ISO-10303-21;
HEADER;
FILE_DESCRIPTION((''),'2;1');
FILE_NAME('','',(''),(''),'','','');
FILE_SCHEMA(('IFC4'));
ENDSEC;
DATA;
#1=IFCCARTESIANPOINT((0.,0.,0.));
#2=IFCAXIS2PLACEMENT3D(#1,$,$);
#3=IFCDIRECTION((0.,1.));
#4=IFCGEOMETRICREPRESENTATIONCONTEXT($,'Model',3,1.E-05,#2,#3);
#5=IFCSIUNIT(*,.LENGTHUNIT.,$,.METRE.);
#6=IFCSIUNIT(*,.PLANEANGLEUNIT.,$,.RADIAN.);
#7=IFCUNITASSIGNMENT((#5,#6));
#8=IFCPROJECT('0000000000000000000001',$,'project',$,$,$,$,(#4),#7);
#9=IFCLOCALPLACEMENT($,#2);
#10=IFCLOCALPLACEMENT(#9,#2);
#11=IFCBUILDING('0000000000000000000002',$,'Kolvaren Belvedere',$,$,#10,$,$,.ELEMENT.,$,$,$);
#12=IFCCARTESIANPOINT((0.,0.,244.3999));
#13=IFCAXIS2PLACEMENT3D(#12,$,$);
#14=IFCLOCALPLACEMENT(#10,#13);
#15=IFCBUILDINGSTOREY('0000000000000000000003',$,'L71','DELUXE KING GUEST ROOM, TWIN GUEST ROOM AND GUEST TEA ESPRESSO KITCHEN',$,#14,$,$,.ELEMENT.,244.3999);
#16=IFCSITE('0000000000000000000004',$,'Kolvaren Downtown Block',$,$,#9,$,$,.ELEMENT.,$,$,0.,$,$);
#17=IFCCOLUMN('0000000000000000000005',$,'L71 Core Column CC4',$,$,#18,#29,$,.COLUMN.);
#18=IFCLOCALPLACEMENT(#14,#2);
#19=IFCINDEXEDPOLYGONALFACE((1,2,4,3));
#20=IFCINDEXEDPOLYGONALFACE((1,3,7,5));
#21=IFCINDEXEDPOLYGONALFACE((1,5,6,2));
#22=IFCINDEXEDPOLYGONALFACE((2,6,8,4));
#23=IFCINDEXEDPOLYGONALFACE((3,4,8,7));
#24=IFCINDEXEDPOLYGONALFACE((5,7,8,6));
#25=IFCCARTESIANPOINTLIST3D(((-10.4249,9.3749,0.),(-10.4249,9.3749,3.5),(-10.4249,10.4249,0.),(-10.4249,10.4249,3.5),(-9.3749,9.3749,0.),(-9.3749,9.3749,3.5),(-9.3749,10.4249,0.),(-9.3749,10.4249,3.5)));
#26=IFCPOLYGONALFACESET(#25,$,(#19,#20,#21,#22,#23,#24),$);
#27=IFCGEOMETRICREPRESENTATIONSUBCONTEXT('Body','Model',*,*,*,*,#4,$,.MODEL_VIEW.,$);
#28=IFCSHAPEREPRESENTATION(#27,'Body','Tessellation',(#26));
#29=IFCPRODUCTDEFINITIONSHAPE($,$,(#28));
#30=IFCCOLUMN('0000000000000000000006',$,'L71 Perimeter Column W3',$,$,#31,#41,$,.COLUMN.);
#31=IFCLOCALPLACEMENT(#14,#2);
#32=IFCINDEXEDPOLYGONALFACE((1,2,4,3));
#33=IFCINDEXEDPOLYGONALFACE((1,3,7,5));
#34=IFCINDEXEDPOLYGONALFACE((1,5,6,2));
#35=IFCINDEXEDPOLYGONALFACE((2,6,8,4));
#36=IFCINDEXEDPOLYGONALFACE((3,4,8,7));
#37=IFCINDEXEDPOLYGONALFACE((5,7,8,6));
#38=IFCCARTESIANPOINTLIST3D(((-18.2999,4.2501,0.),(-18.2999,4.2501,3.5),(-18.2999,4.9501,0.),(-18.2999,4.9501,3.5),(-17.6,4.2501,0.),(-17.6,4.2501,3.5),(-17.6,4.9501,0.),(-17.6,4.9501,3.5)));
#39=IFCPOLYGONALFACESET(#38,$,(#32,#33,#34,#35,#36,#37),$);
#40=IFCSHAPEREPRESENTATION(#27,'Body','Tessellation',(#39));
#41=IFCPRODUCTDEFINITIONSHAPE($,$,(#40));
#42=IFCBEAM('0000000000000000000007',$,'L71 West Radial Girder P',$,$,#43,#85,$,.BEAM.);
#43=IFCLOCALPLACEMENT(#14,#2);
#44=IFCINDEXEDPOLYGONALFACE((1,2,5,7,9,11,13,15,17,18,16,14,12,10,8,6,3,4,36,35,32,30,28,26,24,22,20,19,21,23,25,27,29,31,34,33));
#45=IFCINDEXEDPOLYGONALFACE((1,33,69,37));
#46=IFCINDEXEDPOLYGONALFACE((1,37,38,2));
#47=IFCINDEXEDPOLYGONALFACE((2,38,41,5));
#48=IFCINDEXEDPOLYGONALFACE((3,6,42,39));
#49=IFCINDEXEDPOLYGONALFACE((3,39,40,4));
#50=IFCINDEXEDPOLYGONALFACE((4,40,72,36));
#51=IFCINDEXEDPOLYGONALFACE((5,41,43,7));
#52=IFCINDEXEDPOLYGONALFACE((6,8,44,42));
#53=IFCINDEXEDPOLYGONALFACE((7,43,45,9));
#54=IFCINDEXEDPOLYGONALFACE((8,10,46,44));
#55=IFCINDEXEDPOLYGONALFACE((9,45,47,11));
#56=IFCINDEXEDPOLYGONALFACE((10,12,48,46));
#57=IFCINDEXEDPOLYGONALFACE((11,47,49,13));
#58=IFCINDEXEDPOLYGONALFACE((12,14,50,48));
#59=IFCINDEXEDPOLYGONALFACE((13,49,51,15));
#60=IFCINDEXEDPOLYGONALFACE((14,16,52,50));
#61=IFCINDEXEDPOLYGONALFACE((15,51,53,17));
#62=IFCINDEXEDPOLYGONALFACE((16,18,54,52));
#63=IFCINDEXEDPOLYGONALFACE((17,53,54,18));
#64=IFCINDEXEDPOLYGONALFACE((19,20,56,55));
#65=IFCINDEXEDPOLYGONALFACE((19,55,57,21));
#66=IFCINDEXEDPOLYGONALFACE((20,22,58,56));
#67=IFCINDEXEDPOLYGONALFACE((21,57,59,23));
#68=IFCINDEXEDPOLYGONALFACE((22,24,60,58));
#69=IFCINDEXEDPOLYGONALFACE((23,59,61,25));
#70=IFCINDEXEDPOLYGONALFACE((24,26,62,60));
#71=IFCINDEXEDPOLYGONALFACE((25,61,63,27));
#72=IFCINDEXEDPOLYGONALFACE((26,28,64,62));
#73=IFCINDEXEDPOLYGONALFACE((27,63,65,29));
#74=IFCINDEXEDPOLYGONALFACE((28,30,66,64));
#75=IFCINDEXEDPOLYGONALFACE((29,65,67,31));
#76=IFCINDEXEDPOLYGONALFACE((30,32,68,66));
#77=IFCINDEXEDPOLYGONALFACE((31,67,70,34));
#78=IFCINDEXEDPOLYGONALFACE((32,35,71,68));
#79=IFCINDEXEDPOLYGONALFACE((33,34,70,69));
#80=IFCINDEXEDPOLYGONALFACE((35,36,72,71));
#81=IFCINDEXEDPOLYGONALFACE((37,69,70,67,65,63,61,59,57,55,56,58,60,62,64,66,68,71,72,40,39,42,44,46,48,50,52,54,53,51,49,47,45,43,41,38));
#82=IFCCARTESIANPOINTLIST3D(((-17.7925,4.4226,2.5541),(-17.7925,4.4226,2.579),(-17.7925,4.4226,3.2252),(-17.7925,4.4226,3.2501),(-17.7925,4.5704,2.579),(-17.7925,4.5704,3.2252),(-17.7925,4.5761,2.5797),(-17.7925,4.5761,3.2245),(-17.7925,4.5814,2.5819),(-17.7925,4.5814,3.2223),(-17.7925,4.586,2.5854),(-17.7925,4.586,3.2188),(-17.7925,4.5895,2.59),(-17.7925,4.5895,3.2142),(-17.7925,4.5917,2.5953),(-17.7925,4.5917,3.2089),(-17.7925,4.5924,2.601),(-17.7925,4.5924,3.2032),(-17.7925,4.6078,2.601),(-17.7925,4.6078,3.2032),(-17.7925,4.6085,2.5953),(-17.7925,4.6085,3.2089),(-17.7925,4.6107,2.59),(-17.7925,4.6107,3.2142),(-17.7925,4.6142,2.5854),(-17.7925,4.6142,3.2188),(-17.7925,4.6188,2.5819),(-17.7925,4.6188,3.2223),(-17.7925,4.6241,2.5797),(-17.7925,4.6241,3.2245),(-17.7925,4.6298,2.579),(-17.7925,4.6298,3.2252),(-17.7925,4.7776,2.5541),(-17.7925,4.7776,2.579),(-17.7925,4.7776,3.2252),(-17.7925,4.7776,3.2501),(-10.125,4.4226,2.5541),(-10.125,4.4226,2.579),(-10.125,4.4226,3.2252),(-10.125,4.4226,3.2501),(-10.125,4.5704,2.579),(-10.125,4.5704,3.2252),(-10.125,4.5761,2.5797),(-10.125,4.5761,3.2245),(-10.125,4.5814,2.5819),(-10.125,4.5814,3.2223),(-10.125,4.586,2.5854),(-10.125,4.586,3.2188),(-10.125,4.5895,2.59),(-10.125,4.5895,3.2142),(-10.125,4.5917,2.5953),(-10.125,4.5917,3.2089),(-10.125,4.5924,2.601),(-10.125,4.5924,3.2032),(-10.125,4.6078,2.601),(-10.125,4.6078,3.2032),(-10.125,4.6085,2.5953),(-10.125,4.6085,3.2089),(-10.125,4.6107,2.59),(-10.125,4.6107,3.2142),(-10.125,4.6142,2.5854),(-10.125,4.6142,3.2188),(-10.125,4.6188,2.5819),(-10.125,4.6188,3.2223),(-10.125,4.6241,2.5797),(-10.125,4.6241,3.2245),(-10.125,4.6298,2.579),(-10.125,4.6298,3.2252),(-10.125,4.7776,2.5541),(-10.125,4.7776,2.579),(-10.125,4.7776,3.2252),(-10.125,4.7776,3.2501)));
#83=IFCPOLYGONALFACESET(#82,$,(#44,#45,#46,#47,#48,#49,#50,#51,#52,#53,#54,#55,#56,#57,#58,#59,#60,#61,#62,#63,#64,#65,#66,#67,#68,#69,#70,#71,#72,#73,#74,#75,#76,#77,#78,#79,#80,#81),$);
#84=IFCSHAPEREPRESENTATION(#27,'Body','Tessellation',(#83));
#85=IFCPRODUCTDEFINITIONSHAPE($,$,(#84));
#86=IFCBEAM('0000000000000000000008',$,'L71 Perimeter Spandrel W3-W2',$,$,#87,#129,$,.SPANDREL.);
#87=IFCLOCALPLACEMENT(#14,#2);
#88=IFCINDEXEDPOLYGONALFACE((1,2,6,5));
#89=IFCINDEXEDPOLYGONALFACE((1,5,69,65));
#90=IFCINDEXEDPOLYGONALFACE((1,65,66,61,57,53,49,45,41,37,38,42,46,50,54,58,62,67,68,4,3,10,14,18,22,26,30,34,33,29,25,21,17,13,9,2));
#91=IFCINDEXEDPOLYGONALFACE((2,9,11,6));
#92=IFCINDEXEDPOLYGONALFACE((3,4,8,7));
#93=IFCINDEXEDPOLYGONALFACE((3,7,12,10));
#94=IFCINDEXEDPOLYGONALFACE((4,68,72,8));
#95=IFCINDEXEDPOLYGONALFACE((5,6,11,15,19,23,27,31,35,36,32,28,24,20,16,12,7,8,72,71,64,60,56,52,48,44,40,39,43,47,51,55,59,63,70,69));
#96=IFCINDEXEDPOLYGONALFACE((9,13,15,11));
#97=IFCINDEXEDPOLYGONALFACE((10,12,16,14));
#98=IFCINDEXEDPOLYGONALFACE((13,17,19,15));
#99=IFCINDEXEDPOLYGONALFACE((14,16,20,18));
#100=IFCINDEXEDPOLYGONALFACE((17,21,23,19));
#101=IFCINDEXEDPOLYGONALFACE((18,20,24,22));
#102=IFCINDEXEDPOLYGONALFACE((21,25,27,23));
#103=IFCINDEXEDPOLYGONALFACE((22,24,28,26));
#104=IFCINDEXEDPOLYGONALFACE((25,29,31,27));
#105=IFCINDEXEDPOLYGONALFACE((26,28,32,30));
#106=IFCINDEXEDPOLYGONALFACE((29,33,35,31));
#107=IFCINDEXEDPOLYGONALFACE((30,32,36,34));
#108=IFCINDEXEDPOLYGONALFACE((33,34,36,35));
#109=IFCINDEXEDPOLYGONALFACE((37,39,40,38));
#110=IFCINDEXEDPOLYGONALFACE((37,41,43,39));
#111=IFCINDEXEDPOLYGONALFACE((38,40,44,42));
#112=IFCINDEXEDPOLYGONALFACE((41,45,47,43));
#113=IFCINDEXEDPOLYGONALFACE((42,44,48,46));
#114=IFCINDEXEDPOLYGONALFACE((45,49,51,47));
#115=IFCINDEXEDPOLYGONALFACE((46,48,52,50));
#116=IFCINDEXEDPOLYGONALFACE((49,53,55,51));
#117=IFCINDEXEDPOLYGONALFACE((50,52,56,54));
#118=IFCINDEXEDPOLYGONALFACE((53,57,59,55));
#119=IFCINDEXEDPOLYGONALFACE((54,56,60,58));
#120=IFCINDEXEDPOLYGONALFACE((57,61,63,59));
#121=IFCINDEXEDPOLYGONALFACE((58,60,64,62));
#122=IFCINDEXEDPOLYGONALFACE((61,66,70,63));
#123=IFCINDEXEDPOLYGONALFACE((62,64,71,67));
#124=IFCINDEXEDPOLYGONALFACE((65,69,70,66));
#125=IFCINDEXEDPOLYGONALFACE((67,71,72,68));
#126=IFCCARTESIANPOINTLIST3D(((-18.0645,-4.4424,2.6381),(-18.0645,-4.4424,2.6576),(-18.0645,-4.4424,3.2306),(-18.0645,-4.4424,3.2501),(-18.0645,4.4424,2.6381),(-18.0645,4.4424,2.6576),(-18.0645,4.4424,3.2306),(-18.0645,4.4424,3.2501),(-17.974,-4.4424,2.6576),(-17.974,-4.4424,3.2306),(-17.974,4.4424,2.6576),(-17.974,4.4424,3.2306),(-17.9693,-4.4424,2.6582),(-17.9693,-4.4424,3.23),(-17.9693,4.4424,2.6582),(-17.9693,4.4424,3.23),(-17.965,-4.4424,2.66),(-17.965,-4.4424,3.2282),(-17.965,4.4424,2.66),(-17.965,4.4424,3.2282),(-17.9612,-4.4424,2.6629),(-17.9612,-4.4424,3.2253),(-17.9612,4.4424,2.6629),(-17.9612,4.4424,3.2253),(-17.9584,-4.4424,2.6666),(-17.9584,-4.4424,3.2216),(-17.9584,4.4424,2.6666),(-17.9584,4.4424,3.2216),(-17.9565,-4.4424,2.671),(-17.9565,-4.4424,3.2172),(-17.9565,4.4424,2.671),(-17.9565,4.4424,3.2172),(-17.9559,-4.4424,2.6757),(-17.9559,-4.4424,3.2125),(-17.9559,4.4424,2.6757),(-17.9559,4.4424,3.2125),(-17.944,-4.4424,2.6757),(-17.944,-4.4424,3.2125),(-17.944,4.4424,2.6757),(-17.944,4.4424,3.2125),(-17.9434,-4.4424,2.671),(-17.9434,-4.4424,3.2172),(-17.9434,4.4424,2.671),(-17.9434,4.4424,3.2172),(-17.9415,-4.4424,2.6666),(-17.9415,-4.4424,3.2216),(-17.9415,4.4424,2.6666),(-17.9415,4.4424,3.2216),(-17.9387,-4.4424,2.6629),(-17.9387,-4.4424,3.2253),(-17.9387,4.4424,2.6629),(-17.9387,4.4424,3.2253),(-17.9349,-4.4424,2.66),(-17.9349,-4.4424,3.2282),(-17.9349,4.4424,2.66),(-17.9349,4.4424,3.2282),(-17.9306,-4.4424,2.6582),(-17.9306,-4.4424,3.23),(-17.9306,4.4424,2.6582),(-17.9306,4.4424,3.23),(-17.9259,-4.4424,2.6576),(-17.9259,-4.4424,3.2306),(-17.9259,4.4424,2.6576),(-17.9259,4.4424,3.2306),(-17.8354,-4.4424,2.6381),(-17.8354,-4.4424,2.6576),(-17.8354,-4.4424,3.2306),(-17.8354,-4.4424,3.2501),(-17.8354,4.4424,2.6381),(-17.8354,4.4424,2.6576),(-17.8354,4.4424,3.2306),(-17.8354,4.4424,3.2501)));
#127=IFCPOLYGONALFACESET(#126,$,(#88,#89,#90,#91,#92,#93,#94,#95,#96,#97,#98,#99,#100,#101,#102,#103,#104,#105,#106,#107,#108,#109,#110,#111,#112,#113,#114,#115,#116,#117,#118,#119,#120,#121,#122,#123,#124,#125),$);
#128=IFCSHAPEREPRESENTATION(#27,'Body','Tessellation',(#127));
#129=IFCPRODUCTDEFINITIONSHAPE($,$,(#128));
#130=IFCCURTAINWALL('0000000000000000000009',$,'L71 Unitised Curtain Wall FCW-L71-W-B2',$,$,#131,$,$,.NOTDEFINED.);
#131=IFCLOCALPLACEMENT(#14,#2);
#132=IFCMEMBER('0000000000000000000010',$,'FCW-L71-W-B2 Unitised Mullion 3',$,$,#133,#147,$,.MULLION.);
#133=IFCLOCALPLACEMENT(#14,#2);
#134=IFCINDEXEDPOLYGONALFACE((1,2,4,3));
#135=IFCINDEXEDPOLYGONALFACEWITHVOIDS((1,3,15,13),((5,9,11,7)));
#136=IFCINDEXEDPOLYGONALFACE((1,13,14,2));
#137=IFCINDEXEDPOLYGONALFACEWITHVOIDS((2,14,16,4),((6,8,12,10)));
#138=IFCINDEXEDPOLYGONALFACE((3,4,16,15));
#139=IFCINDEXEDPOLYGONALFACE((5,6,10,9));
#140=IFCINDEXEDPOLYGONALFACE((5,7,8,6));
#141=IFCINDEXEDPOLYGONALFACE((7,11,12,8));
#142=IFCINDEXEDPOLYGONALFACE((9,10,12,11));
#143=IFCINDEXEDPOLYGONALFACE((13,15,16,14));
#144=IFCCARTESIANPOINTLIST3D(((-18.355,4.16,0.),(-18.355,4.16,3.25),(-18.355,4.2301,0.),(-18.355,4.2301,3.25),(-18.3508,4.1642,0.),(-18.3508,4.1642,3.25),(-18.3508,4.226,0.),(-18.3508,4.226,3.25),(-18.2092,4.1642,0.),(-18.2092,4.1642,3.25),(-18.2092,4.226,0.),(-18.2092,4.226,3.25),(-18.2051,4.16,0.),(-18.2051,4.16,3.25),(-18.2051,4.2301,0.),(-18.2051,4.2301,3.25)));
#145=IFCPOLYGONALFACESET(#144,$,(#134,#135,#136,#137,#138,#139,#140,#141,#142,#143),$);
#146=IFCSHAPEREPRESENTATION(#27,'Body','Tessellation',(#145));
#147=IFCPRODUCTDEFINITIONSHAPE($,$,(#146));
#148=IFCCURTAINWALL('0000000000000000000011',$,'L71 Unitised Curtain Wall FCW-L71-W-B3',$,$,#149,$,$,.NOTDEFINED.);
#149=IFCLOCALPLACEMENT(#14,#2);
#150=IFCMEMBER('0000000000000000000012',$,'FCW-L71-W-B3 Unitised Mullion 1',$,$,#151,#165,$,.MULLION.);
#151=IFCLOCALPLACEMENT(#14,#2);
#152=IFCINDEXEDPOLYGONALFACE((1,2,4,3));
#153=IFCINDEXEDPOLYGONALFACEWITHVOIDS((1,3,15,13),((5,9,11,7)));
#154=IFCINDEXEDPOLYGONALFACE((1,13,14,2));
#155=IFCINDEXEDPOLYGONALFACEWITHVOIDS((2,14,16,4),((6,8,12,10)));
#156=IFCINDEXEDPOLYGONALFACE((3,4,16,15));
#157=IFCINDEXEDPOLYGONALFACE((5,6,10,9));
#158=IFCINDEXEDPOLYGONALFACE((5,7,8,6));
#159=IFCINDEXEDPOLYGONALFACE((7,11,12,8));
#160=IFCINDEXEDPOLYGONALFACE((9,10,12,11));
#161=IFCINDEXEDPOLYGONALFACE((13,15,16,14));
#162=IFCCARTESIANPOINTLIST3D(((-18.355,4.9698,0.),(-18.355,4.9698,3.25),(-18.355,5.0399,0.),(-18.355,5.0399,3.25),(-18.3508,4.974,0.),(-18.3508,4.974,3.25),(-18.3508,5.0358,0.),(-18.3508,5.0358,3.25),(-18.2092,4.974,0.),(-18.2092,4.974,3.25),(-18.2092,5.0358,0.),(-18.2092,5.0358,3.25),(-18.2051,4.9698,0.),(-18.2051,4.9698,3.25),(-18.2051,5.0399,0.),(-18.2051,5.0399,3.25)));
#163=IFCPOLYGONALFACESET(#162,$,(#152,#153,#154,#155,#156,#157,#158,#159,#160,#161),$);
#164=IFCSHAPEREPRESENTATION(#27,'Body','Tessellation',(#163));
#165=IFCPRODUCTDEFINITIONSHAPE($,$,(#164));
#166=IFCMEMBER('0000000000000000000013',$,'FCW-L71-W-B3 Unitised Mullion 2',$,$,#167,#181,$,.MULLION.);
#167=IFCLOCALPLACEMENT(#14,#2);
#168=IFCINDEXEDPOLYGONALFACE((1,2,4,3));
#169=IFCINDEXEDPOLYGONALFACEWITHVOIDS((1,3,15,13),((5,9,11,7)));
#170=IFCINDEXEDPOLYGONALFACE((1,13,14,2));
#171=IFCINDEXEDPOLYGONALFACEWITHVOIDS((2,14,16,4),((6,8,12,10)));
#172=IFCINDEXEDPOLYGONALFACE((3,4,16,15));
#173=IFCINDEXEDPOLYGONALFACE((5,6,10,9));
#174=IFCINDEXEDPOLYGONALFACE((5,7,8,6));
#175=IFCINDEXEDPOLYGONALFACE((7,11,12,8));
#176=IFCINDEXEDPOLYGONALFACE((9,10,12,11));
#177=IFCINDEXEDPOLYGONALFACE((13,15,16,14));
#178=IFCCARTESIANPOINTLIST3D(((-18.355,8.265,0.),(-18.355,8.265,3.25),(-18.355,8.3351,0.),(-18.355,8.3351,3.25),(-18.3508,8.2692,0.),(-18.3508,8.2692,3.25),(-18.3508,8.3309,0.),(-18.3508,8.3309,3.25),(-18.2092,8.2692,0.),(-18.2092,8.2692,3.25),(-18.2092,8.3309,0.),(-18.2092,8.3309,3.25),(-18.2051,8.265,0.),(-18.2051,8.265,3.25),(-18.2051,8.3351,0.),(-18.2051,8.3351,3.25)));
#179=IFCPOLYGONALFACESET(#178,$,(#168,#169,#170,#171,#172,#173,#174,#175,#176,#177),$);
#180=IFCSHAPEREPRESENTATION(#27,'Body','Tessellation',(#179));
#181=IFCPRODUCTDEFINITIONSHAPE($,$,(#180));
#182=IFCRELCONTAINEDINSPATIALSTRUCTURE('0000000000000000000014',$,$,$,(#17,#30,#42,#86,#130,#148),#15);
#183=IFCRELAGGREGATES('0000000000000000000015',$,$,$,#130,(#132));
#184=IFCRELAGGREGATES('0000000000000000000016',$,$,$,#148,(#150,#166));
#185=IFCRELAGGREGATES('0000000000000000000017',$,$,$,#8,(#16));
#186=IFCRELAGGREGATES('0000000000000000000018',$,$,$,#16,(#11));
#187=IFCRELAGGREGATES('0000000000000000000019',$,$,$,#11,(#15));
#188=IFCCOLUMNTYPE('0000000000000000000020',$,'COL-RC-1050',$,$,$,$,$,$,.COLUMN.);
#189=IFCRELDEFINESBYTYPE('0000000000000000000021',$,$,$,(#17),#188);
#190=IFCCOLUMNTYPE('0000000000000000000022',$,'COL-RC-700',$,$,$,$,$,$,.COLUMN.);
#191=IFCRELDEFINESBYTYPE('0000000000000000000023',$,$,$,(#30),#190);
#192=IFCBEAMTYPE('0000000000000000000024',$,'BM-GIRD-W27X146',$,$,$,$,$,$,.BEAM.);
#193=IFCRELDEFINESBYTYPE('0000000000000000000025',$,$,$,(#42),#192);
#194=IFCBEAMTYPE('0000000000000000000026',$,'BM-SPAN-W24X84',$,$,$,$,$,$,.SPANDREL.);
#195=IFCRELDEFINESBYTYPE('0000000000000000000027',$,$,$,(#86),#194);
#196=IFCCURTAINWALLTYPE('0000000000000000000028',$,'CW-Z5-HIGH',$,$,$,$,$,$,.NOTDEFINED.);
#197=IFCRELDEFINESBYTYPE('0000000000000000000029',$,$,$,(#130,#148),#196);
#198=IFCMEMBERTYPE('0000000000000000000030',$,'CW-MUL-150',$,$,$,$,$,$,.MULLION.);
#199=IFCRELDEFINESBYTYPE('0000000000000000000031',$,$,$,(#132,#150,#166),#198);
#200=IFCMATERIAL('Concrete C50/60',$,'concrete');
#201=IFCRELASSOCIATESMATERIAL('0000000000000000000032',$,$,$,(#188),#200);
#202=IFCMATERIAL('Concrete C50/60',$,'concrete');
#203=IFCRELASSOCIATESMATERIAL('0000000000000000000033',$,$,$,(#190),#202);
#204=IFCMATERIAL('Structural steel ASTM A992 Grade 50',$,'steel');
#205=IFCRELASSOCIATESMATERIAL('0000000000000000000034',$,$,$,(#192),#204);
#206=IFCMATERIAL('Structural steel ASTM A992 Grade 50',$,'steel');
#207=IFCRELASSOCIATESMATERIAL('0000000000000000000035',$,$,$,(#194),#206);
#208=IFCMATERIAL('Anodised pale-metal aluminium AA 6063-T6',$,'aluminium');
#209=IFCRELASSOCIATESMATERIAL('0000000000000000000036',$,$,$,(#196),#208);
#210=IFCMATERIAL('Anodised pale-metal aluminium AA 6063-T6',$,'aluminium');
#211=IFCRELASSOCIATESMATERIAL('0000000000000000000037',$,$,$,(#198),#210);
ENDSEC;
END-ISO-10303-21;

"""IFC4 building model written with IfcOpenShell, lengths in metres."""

from ifc_helpers import new_model, si_unit, direction, frame, origin, origin_2d, place, context, subcontext, project, spatial, rectangle, hollow_rectangle, i_section, extrude, material, material_profile, profile_set, type_object, element, aggregate, save


model = new_model("IFC4")

# Units and contexts
model_context = context("Model", 3, precision=1e-05, world=origin(), true_north=direction((0.0, 1.0)))
body_context = subcontext(model_context, "Body", "Model", "MODEL_VIEW")
ifc_project = project(units=[si_unit("LENGTHUNIT", "METRE"), si_unit("PLANEANGLEUNIT", "RADIAN")], contexts=[model_context])

# Site, building, storey
site_placement = place(None, origin())
site = spatial("IfcSite", under=ifc_project, at=site_placement, Name="Kolvaren Downtown Block", CompositionType="ELEMENT", RefElevation=0.0)
building_placement = place(site_placement, origin())
building = spatial("IfcBuilding", under=site, at=building_placement, Name="Kolvaren Belvedere", CompositionType="ELEMENT")
storey_placement = place(building_placement, frame((0.0, 0.0, 244.3999)))
storey = spatial("IfcBuildingStorey", under=building, at=storey_placement, Name="L71", Description="DELUXE KING GUEST ROOM, TWIN GUEST ROOM AND GUEST TEA ESPRESSO KITCHEN", CompositionType="ELEMENT", Elevation=244.3999)

# Columns
ifc_material_1 = material(Name="Concrete C50/60", Category="concrete")
ifc_material_profile_1 = material_profile(ifc_material_1, rectangle(XDim=1.05, YDim=1.05, at=origin_2d()), Name="RC 1050X1050")
ifc_profile_set_1 = profile_set([ifc_material_profile_1], Name="Concrete C50/60")
column_type_1 = type_object("IfcColumnType", Name="COL-RC-1050", PredefinedType="COLUMN", material=ifc_profile_set_1)
column_1_placement = place(storey_placement, frame((-9.8999, 9.8999, 0.0), z_axis=(0.0, 0.0, 1.0), x_axis=(1.0, 0.0, 0.0)))
element("IfcColumn", 1, at=column_1_placement, inside=storey, type_object=column_type_1, Name="L71 Core Column CC4", PredefinedType="COLUMN", context=body_context, shape_type="SweptSolid", body=[
    extrude(rectangle(XDim=1.05, YDim=1.05, at=origin_2d()), origin(), (0.0, 0.0, 1.0), 3.5),
])
ifc_material_2 = material(Name="Concrete C50/60", Category="concrete")
ifc_material_profile_2 = material_profile(ifc_material_2, rectangle(XDim=0.7, YDim=0.7, at=origin_2d()), Name="RC 700X700")
ifc_profile_set_2 = profile_set([ifc_material_profile_2], Name="Concrete C50/60")
column_type_2 = type_object("IfcColumnType", Name="COL-RC-700", PredefinedType="COLUMN", material=ifc_profile_set_2)
column_2_placement = place(storey_placement, frame((-17.95, 4.6001, 0.0), z_axis=(0.0, 0.0, 1.0), x_axis=(1.0, 0.0, 0.0)))
element("IfcColumn", 2, at=column_2_placement, inside=storey, type_object=column_type_2, Name="L71 Perimeter Column W3", PredefinedType="COLUMN", context=body_context, shape_type="SweptSolid", body=[
    extrude(rectangle(XDim=0.7, YDim=0.7, at=origin_2d()), origin(), (0.0, 0.0, 1.0), 3.5),
])

# Beams
ifc_material_3 = material(Name="Structural steel ASTM A992 Grade 50", Category="steel")
ifc_material_profile_3 = material_profile(ifc_material_3, i_section(OverallWidth=0.355, OverallDepth=0.696, WebThickness=0.0154, FlangeThickness=0.0249, FilletRadius=0.022, at=origin_2d()), Name="W27X146")
ifc_profile_set_3 = profile_set([ifc_material_profile_3], Name="Structural steel ASTM A992 Grade 50")
beam_type_1 = type_object("IfcBeamType", Name="BM-GIRD-W27X146", PredefinedType="BEAM", material=ifc_profile_set_3)
beam_1_placement = place(storey_placement, frame((-10.125, 4.6001, 2.9021), z_axis=(-1.0, 0.0, 0.0), x_axis=(0.0, -1.0, 0.0)))
element("IfcBeam", 3, at=beam_1_placement, inside=storey, type_object=beam_type_1, Name="L71 West Radial Girder P", PredefinedType="BEAM", context=body_context, shape_type="SweptSolid", body=[
    extrude(i_section(OverallWidth=0.355, OverallDepth=0.696, WebThickness=0.0154, FlangeThickness=0.0249, FilletRadius=0.022, at=origin_2d()), origin(), (0.0, 0.0, 1.0), 7.6675),
])
ifc_material_4 = material(Name="Structural steel ASTM A992 Grade 50", Category="steel")
ifc_material_profile_4 = material_profile(ifc_material_4, i_section(OverallWidth=0.229, OverallDepth=0.6121, WebThickness=0.012, FlangeThickness=0.0195, FilletRadius=0.0181, at=origin_2d()), Name="W24X84")
ifc_profile_set_4 = profile_set([ifc_material_profile_4], Name="Structural steel ASTM A992 Grade 50")
beam_type_2 = type_object("IfcBeamType", Name="BM-SPAN-W24X84", PredefinedType="SPANDREL", material=ifc_profile_set_4)
beam_2_placement = place(storey_placement, frame((-17.95, 4.4424, 2.9441), z_axis=(0.0, -1.0, 0.0), x_axis=(1.0, 0.0, 0.0)))
element("IfcBeam", 4, at=beam_2_placement, inside=storey, type_object=beam_type_2, Name="L71 Perimeter Spandrel W3-W2", PredefinedType="SPANDREL", context=body_context, shape_type="SweptSolid", body=[
    extrude(i_section(OverallWidth=0.229, OverallDepth=0.6121, WebThickness=0.012, FlangeThickness=0.0195, FilletRadius=0.0181, at=origin_2d()), origin(), (0.0, 0.0, 1.0), 8.8848),
])

# Curtain wall, member
ifc_material_5 = material(Name="Anodised pale-metal aluminium AA 6063-T6", Category="aluminium")
curtain_wall_type = type_object("IfcCurtainWallType", Name="CW-Z5-HIGH", PredefinedType="NOTDEFINED", material=ifc_material_5)
curtain_wall_1_placement = place(storey_placement, origin())
curtain_wall_1 = element("IfcCurtainWall", 5, at=curtain_wall_1_placement, inside=storey, type_object=curtain_wall_type, Name="L71 Unitised Curtain Wall FCW-L71-W-B2", PredefinedType="NOTDEFINED")
ifc_material_6 = material(Name="Anodised pale-metal aluminium AA 6063-T6", Category="aluminium")
ifc_material_profile_5 = material_profile(ifc_material_6, hollow_rectangle(XDim=0.0701, YDim=0.1499, WallThickness=0.0042, at=origin_2d()), Name="ALU-MUL-150X70")
ifc_profile_set_5 = profile_set([ifc_material_profile_5], Name="Anodised pale-metal aluminium AA 6063-T6")
member_type_1 = type_object("IfcMemberType", Name="CW-MUL-150", PredefinedType="MULLION", material=ifc_profile_set_5)
member_1_placement = place(storey_placement, frame((-18.28, 4.1951, 0.0), z_axis=(0.0, 0.0, 1.0), x_axis=(0.0, 1.0, 0.0)))
member_1 = element("IfcMember", 6, at=member_1_placement, type_object=member_type_1, Name="FCW-L71-W-B2 Unitised Mullion 3", PredefinedType="MULLION", context=body_context, shape_type="SweptSolid", body=[
    extrude(hollow_rectangle(XDim=0.0701, YDim=0.1499, WallThickness=0.0042, at=origin_2d()), origin(), (0.0, 0.0, 1.0), 3.25),
])

# Curtain wall, members
curtain_wall_2_placement = place(storey_placement, origin())
curtain_wall_2 = element("IfcCurtainWall", 7, at=curtain_wall_2_placement, inside=storey, type_object=curtain_wall_type, Name="L71 Unitised Curtain Wall FCW-L71-W-B3", PredefinedType="NOTDEFINED")
member_2_placement = place(storey_placement, frame((-18.28, 5.0049, 0.0), z_axis=(0.0, 0.0, 1.0), x_axis=(0.0, 1.0, 0.0)))
member_2 = element("IfcMember", 8, at=member_2_placement, type_object=member_type_1, Name="FCW-L71-W-B3 Unitised Mullion 1", PredefinedType="MULLION", context=body_context, shape_type="SweptSolid", body=[
    extrude(hollow_rectangle(XDim=0.0701, YDim=0.1499, WallThickness=0.0042, at=origin_2d()), origin(), (0.0, 0.0, 1.0), 3.25),
])
member_3_placement = place(storey_placement, frame((-18.28, 8.3, 0.0), z_axis=(0.0, 0.0, 1.0), x_axis=(0.0, 1.0, 0.0)))
member_3 = element("IfcMember", 9, at=member_3_placement, type_object=member_type_1, Name="FCW-L71-W-B3 Unitised Mullion 2", PredefinedType="MULLION", context=body_context, shape_type="SweptSolid", body=[
    extrude(hollow_rectangle(XDim=0.0701, YDim=0.1499, WallThickness=0.0042, at=origin_2d()), origin(), (0.0, 0.0, 1.0), 3.25),
])

aggregate(curtain_wall_1, [member_1])
aggregate(curtain_wall_2, [member_2, member_3])

save(model, "model.ifc")
